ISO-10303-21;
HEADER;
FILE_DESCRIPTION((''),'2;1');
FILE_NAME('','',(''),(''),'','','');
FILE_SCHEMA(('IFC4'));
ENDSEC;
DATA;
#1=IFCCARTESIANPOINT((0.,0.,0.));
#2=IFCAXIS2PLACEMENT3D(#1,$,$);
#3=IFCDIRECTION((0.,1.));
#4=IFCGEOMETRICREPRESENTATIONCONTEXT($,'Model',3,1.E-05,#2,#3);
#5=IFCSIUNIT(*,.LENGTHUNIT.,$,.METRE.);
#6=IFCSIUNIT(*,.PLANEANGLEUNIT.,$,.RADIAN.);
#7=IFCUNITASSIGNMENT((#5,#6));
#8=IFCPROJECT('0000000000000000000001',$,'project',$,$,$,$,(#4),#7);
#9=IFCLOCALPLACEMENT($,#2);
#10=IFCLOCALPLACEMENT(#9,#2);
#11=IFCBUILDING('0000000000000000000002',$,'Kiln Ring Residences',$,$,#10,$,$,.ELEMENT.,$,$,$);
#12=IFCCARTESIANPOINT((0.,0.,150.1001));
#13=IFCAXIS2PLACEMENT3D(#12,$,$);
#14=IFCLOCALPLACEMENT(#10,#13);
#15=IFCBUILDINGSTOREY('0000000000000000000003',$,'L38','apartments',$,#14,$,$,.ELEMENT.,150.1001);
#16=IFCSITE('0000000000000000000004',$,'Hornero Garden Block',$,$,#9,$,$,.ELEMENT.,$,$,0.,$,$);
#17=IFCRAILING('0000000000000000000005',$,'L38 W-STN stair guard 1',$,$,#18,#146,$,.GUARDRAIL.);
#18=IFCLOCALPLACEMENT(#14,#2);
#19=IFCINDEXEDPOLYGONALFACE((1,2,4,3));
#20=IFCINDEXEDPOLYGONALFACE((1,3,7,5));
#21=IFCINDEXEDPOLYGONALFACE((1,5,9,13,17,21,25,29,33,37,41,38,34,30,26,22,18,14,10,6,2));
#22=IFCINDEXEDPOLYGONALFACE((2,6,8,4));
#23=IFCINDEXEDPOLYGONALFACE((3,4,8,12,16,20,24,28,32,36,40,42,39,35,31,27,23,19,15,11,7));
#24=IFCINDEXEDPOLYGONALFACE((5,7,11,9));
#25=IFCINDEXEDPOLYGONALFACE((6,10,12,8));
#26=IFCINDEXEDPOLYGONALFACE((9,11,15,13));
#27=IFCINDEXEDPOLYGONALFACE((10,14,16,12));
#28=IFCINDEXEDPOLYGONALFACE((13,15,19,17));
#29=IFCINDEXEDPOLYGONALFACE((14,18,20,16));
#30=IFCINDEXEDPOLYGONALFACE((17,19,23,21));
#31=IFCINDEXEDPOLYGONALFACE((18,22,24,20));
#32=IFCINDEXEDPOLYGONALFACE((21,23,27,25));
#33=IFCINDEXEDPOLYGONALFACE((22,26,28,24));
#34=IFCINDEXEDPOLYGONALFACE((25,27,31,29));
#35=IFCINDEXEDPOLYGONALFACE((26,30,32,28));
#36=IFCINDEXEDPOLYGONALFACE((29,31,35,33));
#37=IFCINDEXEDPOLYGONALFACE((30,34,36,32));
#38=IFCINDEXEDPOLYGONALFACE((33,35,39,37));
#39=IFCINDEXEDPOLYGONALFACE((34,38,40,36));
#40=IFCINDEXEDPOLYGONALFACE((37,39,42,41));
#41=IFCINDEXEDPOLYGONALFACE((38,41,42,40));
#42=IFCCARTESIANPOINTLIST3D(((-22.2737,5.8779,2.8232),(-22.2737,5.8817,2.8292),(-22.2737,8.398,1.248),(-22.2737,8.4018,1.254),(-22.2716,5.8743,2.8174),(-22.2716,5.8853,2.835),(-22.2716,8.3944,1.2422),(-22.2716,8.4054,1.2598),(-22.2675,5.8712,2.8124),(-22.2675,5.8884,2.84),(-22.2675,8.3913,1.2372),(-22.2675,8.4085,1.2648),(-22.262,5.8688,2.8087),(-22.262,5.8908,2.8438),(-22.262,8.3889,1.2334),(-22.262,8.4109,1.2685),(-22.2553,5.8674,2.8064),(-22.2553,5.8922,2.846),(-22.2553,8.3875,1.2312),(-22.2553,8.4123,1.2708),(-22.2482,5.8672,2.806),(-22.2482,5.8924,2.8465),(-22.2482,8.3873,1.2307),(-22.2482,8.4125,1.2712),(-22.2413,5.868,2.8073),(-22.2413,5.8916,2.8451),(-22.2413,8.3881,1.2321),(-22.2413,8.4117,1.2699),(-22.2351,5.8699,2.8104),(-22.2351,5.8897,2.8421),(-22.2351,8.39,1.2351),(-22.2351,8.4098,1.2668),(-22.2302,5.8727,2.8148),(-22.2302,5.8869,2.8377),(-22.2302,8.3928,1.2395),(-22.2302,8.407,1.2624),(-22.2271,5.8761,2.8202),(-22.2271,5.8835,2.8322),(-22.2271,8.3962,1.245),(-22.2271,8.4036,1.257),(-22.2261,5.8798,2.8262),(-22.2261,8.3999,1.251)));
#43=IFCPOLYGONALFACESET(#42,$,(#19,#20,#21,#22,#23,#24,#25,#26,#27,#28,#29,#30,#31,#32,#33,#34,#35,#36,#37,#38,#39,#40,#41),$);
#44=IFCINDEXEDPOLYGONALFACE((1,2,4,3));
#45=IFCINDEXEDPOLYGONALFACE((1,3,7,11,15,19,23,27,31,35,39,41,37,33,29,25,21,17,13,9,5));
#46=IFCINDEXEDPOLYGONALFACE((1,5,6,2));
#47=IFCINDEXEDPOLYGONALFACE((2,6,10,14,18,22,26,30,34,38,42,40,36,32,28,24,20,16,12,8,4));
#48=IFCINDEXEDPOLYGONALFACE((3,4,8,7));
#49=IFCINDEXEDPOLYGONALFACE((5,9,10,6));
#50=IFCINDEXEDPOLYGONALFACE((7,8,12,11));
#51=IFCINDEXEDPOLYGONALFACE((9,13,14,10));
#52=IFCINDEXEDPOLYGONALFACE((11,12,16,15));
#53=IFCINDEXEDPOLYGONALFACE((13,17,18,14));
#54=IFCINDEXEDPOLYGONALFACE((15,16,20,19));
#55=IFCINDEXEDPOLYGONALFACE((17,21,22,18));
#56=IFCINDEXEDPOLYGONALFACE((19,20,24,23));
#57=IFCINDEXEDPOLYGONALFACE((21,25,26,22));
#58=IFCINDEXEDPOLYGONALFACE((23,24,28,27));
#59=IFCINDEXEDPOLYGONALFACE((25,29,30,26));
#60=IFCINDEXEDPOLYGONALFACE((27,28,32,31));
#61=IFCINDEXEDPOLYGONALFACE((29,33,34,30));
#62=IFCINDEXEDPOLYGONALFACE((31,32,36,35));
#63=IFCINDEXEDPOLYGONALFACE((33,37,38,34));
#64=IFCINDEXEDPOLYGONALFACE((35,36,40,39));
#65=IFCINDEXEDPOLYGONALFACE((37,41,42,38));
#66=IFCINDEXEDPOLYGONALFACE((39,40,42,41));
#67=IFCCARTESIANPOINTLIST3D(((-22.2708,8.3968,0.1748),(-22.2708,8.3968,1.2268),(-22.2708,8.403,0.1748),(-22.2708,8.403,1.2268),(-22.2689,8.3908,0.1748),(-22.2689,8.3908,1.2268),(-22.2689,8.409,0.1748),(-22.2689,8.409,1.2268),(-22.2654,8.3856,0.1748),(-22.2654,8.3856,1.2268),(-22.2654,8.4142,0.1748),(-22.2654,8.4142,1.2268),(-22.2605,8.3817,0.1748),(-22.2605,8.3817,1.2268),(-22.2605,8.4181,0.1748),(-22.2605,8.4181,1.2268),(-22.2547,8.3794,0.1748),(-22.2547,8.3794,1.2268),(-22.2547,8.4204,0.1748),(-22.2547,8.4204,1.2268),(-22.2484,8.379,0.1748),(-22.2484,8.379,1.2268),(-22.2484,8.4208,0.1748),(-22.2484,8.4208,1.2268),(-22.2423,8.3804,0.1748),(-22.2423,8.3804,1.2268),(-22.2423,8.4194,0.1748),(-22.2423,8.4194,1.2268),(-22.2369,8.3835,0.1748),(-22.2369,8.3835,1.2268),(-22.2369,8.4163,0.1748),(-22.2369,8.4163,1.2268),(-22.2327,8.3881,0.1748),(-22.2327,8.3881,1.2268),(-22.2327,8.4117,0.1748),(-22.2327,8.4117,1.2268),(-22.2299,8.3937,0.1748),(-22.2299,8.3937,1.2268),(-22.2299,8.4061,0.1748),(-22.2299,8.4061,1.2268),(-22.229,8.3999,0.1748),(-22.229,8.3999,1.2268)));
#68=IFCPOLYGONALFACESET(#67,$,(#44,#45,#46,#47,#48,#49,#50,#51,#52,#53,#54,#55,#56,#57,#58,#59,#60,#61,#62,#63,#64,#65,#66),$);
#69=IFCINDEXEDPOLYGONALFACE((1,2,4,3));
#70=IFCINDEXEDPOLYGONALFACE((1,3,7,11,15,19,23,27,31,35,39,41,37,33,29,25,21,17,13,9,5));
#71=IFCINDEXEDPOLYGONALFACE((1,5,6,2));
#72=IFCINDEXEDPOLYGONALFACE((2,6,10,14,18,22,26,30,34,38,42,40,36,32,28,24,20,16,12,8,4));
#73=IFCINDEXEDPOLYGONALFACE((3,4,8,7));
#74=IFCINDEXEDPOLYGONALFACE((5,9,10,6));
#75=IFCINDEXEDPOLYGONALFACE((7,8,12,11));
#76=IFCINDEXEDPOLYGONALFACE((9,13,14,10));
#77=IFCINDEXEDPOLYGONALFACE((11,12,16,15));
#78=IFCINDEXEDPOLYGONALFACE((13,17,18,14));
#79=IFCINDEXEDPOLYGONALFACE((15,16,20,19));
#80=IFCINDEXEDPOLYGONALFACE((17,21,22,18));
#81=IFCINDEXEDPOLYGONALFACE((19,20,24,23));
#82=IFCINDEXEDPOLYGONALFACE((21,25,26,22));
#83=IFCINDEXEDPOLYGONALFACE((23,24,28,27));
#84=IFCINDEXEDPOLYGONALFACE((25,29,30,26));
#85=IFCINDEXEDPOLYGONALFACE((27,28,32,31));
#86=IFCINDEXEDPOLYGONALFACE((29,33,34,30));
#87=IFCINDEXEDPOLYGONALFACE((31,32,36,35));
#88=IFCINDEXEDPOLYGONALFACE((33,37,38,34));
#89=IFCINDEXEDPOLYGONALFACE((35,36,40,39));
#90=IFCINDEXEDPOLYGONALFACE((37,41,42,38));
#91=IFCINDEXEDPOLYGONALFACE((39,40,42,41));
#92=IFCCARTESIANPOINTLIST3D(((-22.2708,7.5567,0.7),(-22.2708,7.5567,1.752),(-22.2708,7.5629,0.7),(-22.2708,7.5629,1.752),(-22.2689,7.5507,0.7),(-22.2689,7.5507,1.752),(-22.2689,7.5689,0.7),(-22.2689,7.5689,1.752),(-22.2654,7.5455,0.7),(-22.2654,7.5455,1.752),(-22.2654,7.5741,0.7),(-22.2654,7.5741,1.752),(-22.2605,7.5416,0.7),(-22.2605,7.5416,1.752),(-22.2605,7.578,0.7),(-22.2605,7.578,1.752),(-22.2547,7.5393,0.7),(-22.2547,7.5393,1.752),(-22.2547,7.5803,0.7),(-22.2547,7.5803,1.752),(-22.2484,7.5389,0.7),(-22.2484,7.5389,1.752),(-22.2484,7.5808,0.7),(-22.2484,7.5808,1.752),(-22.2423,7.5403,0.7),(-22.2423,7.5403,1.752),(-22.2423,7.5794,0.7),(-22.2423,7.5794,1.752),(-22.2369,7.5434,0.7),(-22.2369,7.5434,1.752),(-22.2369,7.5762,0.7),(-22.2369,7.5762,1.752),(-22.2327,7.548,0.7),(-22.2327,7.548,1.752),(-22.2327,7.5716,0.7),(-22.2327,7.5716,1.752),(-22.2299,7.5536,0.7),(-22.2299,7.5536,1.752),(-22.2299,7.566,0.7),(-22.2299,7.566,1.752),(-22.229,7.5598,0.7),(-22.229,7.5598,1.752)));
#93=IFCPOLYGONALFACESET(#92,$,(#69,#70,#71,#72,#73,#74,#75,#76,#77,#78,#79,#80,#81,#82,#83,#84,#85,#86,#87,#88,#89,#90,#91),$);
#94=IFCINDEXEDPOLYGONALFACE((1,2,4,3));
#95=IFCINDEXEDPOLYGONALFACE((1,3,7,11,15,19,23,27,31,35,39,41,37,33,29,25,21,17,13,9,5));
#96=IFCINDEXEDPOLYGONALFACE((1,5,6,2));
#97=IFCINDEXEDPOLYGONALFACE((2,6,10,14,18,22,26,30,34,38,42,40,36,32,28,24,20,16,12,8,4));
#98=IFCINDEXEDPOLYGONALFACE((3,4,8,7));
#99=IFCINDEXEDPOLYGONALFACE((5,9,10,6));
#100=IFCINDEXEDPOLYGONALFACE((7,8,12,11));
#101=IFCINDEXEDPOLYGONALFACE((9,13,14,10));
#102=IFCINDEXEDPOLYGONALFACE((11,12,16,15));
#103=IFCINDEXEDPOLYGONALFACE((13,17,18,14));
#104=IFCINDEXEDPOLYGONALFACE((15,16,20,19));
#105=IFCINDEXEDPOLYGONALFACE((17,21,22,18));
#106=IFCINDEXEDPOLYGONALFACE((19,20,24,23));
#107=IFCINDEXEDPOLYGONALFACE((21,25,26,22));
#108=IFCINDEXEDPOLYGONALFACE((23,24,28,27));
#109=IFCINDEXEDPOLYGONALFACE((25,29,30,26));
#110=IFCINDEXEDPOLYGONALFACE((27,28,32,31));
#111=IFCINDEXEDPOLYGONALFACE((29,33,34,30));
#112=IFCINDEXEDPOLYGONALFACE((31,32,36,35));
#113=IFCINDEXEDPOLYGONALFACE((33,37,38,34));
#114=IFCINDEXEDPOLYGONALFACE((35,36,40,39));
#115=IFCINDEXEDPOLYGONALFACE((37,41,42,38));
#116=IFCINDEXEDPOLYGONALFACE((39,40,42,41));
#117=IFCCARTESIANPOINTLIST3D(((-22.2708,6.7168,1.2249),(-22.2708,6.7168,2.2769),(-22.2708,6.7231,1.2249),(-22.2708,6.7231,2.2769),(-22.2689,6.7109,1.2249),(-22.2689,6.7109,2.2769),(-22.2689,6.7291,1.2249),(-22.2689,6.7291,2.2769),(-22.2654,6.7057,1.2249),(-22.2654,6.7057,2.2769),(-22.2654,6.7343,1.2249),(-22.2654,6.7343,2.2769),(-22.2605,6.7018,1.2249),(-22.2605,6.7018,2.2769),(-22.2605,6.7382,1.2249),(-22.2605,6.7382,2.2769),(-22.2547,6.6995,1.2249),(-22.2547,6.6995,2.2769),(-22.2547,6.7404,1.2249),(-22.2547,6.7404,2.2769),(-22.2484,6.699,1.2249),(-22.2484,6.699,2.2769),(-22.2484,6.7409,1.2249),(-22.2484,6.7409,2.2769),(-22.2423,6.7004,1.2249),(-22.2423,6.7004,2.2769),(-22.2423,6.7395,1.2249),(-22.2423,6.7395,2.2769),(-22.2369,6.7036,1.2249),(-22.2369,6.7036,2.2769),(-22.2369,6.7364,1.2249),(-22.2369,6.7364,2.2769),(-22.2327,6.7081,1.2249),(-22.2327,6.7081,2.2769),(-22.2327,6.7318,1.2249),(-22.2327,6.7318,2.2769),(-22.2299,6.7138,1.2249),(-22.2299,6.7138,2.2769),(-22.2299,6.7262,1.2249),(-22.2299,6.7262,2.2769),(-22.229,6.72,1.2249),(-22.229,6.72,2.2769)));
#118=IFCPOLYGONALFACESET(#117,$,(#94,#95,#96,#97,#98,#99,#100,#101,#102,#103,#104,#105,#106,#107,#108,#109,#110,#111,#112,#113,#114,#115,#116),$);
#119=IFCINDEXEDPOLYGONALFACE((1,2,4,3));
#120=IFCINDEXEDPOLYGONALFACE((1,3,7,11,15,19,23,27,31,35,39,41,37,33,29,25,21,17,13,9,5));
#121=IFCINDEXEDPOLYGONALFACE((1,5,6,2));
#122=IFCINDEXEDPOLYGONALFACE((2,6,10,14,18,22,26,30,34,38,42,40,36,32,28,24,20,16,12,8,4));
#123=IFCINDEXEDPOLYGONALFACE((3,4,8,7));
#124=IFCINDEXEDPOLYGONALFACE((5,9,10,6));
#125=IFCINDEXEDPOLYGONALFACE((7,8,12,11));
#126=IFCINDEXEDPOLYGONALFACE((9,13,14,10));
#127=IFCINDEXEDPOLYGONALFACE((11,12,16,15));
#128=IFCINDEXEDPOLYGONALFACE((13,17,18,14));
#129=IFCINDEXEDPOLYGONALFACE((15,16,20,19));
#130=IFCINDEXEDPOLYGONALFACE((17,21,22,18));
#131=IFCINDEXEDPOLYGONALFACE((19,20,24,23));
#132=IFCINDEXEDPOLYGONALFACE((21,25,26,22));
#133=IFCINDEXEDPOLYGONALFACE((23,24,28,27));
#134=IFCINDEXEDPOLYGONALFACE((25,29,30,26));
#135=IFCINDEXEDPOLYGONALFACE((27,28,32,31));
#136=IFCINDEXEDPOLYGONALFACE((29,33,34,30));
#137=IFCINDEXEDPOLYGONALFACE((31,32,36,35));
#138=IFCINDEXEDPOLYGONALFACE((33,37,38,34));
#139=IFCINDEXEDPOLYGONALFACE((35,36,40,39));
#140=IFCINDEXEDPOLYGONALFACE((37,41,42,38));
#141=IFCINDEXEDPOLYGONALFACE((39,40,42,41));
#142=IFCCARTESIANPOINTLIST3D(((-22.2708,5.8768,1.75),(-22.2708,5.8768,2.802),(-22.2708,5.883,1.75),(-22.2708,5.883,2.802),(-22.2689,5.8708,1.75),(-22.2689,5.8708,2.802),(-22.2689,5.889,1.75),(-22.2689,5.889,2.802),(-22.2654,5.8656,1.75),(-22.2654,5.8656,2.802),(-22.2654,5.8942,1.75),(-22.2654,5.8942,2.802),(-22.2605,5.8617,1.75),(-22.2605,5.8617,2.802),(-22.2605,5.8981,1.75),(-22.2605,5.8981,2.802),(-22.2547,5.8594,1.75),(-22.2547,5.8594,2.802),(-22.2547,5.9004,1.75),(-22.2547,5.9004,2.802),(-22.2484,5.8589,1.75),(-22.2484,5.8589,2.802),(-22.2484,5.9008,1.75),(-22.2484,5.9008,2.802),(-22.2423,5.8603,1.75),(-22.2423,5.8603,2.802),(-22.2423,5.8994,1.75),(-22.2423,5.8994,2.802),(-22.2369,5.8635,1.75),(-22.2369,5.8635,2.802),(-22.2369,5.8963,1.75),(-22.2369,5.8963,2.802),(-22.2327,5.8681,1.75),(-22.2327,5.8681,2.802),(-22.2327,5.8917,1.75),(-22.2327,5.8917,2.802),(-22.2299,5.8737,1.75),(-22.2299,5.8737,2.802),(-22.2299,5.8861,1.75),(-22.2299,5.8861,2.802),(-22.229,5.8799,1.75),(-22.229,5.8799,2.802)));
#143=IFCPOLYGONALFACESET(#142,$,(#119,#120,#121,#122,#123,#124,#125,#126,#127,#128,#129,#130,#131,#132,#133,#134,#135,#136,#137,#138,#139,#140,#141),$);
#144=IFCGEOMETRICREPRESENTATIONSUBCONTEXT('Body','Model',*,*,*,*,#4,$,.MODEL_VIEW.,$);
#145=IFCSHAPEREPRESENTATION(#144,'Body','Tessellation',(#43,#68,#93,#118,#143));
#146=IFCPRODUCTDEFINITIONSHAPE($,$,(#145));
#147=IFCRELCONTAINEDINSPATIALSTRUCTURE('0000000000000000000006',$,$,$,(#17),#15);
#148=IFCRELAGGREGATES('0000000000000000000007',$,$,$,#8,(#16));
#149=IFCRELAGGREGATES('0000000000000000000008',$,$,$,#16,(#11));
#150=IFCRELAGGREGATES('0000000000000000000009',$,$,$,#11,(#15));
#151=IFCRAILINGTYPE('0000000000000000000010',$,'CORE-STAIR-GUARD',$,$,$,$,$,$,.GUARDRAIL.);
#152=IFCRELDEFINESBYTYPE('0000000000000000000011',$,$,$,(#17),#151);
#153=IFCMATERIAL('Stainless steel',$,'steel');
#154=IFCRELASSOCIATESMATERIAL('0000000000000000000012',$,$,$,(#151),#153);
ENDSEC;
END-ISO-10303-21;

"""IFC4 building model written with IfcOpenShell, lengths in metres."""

from ifc_helpers import new_model, si_unit, direction, frame, origin, origin_2d, place, context, subcontext, project, spatial, circle, extrude, material, type_object, element, save


model = new_model("IFC4")

# Units and contexts
model_context = context("Model", 3, precision=1e-05, world=origin(), true_north=direction((0.0, 1.0)))
body_context = subcontext(model_context, "Body", "Model", "MODEL_VIEW")
ifc_project = project(units=[si_unit("LENGTHUNIT", "METRE"), si_unit("PLANEANGLEUNIT", "RADIAN")], contexts=[model_context])

# Site, building, storey
site_placement = place(None, origin())
site = spatial("IfcSite", under=ifc_project, at=site_placement, Name="Hornero Garden Block", CompositionType="ELEMENT", RefElevation=0.0)
building_placement = place(site_placement, origin())
building = spatial("IfcBuilding", under=site, at=building_placement, Name="Kiln Ring Residences", CompositionType="ELEMENT")
storey_placement = place(building_placement, frame((0.0, 0.0, 150.1001)))
storey = spatial("IfcBuildingStorey", under=building, at=storey_placement, Name="L38", Description="apartments", CompositionType="ELEMENT", Elevation=150.1001)

# Railing
ifc_material_1 = material(Name="Stainless steel", Category="steel")
railing_type_1 = type_object("IfcRailingType", Name="CORE-STAIR-GUARD", PredefinedType="GUARDRAIL", material=ifc_material_1)
railing_1_placement = place(storey_placement, frame((-22.25, 8.3999, 0.1748)))
element("IfcRailing", 1, at=railing_1_placement, inside=storey, type_object=railing_type_1, Name="L38 W-STN stair guard 1", PredefinedType="GUARDRAIL", context=body_context, shape_type="SweptSolid", body=[
    extrude(circle(Radius=0.0239, at=origin_2d()), frame((0.0, 0.0, 1.0762), z_axis=(0.0, -0.847971, 0.530043), x_axis=(1.0, 0.0, 0.0)), (0.0, 0.0, 1.0), 2.9719),
    extrude(circle(Radius=0.021, at=origin_2d()), origin(), (0.0, 0.0, 1.0), 1.052),
    extrude(circle(Radius=0.021, at=origin_2d()), frame((0.0, -0.8401, 0.5251)), (0.0, 0.0, 1.0), 1.052),
    extrude(circle(Radius=0.021, at=origin_2d()), frame((0.0, -1.6799, 1.05)), (0.0, 0.0, 1.0), 1.052),
    extrude(circle(Radius=0.021, at=origin_2d()), frame((0.0, -2.52, 1.5752)), (0.0, 0.0, 1.0), 1.052),
])

save(model, "model.ifc")
